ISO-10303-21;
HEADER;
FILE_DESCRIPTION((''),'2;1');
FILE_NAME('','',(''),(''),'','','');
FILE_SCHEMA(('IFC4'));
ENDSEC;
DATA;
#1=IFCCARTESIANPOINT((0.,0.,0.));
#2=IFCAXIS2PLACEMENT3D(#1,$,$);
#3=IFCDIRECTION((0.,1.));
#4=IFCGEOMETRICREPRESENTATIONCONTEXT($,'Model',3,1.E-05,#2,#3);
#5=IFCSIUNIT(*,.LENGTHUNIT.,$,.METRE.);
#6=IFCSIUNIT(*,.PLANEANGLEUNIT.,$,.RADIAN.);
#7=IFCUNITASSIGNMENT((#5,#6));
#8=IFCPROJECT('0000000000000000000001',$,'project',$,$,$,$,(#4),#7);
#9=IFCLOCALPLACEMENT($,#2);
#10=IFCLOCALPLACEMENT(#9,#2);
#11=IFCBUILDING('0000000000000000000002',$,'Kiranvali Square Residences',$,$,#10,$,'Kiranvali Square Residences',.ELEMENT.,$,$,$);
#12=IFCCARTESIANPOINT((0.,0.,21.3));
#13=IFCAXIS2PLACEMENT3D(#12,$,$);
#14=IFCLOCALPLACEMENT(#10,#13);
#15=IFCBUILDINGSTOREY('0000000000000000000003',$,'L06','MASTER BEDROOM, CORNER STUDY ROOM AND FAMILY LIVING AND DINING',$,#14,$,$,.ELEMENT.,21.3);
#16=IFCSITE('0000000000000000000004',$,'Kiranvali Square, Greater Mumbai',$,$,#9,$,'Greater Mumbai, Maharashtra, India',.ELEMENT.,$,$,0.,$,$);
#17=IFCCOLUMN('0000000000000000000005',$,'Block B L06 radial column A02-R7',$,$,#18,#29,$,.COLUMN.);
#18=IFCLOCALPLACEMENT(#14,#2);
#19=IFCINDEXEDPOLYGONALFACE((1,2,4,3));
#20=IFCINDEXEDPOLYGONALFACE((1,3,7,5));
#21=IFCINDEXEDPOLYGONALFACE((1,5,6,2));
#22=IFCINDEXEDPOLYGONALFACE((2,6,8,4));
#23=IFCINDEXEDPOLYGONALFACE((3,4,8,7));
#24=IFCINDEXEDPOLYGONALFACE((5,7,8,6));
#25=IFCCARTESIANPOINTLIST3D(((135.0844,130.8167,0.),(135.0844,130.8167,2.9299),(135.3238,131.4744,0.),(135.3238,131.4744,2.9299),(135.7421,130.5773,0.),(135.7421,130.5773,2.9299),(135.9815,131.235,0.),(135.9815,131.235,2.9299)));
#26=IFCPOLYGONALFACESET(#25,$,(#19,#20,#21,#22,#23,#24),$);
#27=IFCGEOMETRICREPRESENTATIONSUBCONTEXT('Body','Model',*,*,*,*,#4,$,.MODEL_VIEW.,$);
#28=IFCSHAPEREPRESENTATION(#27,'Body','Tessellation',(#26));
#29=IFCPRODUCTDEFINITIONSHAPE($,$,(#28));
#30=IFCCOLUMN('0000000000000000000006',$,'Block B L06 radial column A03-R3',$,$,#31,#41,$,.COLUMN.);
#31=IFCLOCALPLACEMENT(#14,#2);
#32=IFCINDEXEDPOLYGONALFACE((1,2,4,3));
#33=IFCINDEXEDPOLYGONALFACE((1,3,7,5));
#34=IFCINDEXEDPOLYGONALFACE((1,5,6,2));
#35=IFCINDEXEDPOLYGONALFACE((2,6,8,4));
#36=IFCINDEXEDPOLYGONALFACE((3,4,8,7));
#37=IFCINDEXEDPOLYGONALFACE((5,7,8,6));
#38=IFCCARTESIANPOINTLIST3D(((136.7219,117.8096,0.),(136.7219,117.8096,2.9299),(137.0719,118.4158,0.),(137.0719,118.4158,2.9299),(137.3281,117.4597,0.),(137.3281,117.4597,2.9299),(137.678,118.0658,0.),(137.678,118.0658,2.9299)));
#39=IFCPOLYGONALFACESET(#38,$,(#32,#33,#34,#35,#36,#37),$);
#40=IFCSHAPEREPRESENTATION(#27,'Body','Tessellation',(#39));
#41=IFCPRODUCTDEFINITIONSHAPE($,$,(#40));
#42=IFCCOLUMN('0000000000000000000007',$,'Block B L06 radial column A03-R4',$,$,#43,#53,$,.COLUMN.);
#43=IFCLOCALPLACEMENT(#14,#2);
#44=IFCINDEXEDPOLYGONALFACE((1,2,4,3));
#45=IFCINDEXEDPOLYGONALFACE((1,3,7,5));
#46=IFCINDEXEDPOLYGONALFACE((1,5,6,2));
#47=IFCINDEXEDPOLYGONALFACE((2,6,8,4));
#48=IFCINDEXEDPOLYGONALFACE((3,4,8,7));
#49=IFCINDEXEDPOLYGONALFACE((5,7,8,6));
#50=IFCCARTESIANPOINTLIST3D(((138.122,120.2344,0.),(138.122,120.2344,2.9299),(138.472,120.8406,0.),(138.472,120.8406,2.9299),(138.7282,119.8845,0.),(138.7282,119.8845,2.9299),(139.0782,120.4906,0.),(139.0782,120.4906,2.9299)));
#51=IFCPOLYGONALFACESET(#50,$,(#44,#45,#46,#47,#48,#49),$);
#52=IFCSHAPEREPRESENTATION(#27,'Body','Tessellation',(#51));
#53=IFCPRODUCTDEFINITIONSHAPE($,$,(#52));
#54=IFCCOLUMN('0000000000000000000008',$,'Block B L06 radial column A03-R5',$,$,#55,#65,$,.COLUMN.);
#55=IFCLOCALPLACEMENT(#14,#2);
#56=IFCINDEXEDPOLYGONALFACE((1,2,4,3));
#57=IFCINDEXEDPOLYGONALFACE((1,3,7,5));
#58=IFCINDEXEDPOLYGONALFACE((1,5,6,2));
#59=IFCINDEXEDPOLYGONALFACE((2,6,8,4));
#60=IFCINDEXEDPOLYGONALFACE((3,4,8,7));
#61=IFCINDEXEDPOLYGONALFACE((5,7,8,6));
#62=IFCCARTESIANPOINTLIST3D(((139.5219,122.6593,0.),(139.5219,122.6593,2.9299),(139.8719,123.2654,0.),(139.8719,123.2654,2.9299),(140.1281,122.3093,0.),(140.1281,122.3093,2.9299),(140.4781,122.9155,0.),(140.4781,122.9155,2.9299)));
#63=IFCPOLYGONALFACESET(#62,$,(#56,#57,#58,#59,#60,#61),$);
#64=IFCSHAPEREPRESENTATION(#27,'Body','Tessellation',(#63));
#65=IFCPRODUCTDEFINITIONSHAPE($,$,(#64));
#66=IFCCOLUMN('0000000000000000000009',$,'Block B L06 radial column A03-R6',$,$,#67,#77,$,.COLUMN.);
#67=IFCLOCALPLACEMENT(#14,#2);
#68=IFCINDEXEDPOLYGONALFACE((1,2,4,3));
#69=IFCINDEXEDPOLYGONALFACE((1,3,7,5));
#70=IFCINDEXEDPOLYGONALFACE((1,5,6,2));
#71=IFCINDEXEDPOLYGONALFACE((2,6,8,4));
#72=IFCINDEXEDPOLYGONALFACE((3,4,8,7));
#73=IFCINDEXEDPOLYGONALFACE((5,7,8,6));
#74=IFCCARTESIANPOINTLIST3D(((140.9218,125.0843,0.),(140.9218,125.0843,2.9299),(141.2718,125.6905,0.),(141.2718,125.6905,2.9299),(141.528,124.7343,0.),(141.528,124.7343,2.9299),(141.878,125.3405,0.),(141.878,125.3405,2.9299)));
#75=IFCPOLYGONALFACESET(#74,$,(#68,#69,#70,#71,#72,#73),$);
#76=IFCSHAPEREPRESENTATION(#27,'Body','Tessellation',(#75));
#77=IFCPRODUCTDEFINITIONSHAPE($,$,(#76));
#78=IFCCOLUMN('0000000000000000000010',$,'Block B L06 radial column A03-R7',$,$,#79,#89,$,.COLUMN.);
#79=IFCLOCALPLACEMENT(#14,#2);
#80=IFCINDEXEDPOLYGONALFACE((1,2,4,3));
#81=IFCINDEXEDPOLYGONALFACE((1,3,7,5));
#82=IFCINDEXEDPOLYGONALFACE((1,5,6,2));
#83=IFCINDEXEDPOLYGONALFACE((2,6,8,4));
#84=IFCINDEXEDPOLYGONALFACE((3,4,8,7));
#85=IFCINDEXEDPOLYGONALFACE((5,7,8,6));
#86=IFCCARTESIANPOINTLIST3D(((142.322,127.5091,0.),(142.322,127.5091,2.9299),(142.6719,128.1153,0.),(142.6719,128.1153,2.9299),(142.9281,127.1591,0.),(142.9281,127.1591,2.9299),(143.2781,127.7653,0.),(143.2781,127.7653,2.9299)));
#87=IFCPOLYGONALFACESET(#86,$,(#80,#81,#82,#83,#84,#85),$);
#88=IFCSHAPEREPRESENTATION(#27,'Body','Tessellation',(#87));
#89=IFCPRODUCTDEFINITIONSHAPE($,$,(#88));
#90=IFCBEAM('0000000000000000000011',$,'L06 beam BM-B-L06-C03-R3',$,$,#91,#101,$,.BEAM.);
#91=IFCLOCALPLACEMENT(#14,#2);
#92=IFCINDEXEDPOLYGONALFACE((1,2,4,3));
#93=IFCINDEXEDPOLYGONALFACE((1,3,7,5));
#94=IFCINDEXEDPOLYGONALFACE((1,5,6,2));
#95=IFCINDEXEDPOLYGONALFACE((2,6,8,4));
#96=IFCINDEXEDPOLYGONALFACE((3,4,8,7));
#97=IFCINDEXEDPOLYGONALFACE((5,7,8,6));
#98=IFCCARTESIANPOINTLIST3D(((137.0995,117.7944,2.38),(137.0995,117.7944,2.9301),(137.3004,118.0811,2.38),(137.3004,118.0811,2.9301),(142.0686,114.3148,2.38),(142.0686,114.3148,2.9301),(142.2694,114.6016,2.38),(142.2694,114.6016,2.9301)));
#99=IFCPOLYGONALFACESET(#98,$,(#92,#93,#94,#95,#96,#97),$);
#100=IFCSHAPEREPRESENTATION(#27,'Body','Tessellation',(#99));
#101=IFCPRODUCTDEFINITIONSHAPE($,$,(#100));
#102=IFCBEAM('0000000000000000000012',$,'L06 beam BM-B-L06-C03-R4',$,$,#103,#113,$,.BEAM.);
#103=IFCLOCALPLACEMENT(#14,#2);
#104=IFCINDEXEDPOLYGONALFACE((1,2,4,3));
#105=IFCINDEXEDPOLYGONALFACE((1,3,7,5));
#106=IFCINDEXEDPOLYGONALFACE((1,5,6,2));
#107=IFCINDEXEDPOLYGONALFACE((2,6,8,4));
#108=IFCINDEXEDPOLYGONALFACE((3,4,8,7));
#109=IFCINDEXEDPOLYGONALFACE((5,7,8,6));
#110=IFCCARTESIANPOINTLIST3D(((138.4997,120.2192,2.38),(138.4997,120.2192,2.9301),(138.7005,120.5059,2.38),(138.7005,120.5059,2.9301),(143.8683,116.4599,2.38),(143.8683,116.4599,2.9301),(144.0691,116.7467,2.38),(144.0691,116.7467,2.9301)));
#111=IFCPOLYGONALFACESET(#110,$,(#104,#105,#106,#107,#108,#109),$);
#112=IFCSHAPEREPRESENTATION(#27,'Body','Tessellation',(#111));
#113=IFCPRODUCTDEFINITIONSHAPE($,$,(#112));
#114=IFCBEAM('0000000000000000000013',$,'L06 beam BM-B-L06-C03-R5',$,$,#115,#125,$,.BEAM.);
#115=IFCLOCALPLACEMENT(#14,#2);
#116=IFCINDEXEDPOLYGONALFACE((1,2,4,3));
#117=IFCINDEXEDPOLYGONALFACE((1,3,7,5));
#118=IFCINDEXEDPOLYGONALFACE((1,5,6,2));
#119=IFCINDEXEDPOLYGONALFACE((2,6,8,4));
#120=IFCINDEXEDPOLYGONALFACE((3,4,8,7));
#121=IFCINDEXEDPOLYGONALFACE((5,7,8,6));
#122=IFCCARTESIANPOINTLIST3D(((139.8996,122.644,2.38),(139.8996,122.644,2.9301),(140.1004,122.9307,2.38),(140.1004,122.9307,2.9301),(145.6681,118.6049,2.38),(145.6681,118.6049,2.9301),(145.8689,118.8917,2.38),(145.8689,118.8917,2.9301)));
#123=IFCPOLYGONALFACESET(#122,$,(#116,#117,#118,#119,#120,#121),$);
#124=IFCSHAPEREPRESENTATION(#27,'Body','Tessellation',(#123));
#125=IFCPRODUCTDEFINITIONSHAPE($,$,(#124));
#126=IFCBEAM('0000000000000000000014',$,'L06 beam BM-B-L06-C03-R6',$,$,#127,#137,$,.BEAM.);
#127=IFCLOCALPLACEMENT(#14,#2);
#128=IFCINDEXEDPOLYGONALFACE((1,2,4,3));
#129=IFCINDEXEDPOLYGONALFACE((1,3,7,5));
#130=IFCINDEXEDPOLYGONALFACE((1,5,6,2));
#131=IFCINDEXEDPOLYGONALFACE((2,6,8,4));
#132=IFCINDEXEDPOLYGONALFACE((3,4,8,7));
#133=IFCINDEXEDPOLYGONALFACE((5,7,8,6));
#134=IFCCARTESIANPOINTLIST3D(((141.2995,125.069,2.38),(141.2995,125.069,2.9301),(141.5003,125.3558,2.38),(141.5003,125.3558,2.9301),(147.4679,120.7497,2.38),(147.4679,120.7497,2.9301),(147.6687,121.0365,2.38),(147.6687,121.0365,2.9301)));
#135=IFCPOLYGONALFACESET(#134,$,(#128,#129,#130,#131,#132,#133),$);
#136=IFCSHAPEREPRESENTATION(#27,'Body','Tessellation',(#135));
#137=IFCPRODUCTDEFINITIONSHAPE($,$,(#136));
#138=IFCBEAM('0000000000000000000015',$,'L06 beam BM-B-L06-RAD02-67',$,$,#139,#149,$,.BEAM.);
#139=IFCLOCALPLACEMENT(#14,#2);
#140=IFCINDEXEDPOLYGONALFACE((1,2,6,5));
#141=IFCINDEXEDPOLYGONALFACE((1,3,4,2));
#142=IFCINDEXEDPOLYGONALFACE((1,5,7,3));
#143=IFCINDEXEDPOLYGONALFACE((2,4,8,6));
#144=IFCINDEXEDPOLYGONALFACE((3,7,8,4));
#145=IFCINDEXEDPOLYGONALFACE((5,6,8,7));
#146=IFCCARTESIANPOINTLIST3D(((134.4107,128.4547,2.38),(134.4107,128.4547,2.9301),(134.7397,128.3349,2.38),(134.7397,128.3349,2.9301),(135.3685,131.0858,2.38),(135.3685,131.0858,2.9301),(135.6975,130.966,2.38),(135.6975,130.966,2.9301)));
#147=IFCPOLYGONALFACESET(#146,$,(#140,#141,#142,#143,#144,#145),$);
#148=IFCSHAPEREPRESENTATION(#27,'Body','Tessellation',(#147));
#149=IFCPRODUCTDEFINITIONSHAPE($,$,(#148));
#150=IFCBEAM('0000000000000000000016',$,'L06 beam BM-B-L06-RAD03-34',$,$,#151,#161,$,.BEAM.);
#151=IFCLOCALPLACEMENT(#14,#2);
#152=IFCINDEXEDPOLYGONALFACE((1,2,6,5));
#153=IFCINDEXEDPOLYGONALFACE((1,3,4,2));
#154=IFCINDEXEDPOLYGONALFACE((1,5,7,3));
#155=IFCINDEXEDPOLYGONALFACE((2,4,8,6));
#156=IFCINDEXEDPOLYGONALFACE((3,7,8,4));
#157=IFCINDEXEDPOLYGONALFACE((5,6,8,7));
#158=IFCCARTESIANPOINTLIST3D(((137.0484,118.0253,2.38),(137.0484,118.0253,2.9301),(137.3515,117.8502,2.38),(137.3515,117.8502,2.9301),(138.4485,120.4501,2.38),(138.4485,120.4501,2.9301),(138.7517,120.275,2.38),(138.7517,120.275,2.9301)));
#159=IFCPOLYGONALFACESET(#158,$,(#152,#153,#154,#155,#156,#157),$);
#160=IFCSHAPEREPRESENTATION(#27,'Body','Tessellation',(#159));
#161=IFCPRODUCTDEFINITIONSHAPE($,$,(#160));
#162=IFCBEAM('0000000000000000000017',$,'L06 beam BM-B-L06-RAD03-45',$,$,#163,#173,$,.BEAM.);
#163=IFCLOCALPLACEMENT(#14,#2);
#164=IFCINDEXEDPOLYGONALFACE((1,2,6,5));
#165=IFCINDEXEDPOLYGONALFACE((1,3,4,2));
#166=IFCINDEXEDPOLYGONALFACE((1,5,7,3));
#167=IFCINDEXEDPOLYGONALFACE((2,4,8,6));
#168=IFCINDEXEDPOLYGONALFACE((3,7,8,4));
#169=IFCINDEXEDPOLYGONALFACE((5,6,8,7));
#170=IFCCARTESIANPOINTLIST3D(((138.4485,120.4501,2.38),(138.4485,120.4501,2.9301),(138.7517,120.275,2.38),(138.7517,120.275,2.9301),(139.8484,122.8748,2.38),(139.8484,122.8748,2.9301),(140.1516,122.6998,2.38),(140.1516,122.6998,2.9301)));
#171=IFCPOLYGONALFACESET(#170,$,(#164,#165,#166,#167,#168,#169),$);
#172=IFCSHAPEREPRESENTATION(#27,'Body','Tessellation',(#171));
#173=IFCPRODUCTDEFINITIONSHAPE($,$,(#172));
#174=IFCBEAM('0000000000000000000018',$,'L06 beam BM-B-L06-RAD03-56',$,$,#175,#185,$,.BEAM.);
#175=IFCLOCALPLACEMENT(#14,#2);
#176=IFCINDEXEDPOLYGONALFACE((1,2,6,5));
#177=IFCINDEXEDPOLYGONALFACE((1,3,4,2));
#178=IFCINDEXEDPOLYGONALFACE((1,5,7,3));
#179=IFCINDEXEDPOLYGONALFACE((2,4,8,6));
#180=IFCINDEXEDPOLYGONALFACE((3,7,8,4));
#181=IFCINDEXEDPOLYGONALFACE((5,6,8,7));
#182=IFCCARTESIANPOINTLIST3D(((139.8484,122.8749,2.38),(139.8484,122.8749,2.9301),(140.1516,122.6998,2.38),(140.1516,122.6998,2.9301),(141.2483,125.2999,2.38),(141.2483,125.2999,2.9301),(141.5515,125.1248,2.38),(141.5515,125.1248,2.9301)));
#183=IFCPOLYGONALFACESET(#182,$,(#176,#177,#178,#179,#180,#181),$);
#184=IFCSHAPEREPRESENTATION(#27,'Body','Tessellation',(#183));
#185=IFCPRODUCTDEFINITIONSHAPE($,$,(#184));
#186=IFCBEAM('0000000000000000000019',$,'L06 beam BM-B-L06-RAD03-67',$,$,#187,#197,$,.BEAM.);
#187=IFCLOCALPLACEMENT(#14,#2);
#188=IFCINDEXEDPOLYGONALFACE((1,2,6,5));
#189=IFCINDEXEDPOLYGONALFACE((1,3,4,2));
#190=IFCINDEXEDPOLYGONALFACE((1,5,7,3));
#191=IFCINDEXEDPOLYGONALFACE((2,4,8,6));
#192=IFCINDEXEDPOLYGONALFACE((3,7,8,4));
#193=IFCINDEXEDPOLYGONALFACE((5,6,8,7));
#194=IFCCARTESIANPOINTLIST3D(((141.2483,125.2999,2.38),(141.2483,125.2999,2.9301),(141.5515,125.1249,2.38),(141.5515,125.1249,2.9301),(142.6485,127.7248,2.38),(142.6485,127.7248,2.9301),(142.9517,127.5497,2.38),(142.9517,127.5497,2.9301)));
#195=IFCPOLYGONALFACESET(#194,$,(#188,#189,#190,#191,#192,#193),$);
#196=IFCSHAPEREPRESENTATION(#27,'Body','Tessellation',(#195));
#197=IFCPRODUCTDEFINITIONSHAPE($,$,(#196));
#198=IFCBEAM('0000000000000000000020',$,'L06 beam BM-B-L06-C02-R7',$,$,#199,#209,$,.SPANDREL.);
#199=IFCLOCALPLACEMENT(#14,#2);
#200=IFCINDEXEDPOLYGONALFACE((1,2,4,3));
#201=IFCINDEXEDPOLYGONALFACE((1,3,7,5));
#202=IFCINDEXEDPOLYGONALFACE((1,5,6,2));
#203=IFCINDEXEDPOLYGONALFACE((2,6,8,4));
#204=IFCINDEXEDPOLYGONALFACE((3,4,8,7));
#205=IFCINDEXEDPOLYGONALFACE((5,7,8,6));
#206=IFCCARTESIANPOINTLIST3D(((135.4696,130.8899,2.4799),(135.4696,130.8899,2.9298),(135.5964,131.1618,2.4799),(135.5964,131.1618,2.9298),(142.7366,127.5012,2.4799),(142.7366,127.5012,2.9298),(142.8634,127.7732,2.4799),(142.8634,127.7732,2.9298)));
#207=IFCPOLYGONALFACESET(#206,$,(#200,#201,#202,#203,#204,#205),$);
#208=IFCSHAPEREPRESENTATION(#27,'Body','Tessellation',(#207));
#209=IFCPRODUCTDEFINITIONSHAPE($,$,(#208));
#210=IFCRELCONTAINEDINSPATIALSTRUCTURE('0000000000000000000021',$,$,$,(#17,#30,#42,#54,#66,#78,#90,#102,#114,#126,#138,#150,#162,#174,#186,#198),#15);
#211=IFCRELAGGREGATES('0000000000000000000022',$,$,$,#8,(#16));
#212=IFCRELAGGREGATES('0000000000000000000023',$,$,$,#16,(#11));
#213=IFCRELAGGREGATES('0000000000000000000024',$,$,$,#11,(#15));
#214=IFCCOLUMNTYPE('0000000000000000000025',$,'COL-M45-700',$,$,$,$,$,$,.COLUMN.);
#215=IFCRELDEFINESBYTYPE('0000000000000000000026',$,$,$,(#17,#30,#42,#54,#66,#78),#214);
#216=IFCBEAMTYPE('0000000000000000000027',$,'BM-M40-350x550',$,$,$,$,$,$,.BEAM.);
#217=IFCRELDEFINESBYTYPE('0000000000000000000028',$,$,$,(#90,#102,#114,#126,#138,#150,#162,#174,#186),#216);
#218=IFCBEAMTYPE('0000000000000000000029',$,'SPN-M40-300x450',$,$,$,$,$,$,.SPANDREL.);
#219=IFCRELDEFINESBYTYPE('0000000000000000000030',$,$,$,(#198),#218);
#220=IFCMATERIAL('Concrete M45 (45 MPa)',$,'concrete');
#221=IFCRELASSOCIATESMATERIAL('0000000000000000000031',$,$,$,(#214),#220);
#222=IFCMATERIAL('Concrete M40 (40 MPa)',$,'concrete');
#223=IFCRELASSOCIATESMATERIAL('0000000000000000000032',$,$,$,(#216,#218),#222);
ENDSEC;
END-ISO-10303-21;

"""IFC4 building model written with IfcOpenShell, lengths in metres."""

from ifc_helpers import new_model, si_unit, direction, frame, origin, origin_2d, place, context, subcontext, project, spatial, rectangle, extrude, material, material_profile, profile_set, type_object, element, save


model = new_model("IFC4")

# Units and contexts
model_context = context("Model", 3, precision=1e-05, world=origin(), true_north=direction((0.0, 1.0)))
body_context = subcontext(model_context, "Body", "Model", "MODEL_VIEW")
ifc_project = project(units=[si_unit("LENGTHUNIT", "METRE"), si_unit("PLANEANGLEUNIT", "RADIAN")], contexts=[model_context])

# Site, building, storey
site_placement = place(None, origin())
site = spatial("IfcSite", under=ifc_project, at=site_placement, Name="Kiranvali Square, Greater Mumbai", LongName="Greater Mumbai, Maharashtra, India", CompositionType="ELEMENT", RefElevation=0.0)
building_placement = place(site_placement, origin())
building = spatial("IfcBuilding", under=site, at=building_placement, Name="Kiranvali Square Residences", LongName="Kiranvali Square Residences", CompositionType="ELEMENT")
storey_placement = place(building_placement, frame((0.0, 0.0, 21.3)))
storey = spatial("IfcBuildingStorey", under=building, at=storey_placement, Name="L06", Description="MASTER BEDROOM, CORNER STUDY ROOM AND FAMILY LIVING AND DINING", CompositionType="ELEMENT", Elevation=21.3)

# Columns
ifc_material_1 = material(Name="Concrete M45 (45 MPa)", Category="concrete")
ifc_material_profile_1 = material_profile(ifc_material_1, rectangle(XDim=0.7, YDim=0.7, at=origin_2d()), Name="RC 700x700")
ifc_profile_set_1 = profile_set([ifc_material_profile_1], Name="Concrete M45 (45 MPa)")
column_type = type_object("IfcColumnType", Name="COL-M45-700", PredefinedType="COLUMN", material=ifc_profile_set_1)
for number, where, z_axis, x_axis, name in (
    (1, (135.533, 131.0259, 0.0), (0.0, 0.0, 1.0), (-0.939693, 0.34202, 0.0), "Block B L06 radial column A02-R7"),
    (2, (137.2, 117.9377, 0.0), (0.0, 0.0, 1.0), (-0.866025, 0.5, 0.0), "Block B L06 radial column A03-R3"),
    (3, (138.6001, 120.3625, 0.0), (0.0, 0.0, 1.0), (-0.866025, 0.5, 0.0), "Block B L06 radial column A03-R4"),
    (4, (140.0, 122.7874, 0.0), (0.0, 0.0, 1.0), (-0.866025, 0.5, 0.0), "Block B L06 radial column A03-R5"),
    (5, (141.3999, 125.2124, 0.0), (0.0, 0.0, 1.0), (-0.866025, 0.5, 0.0), "Block B L06 radial column A03-R6"),
    (6, (142.8, 127.6372, 0.0), (0.0, 0.0, 1.0), (-0.866025, 0.5, 0.0), "Block B L06 radial column A03-R7"),
):
    element("IfcColumn", number, at=place(storey_placement, frame(where, z_axis=z_axis, x_axis=x_axis)), inside=storey, type_object=column_type, Name=name, PredefinedType="COLUMN", context=body_context, shape_type="SweptSolid", body=[
        extrude(rectangle(XDim=0.7, YDim=0.7, at=origin_2d()), origin(), (0.0, 0.0, 1.0), 2.9299),
    ])

# Beams
ifc_material_2 = material(Name="Concrete M40 (40 MPa)", Category="concrete")
ifc_material_profile_2 = material_profile(ifc_material_2, rectangle(XDim=0.3501, YDim=0.55, at=origin_2d()), Name="RC 350x550")
ifc_profile_set_2 = profile_set([ifc_material_profile_2], Name="Concrete M40 (40 MPa)")
beam_type_1 = type_object("IfcBeamType", Name="BM-M40-350x550", PredefinedType="BEAM", material=ifc_profile_set_2)
beam_1_placement = place(storey_placement, frame((137.2, 117.9377, 2.655), z_axis=(0.819139, -0.573595, 0.0), x_axis=(0.573595, 0.819139, 0.0)))
element("IfcBeam", 7, at=beam_1_placement, inside=storey, type_object=beam_type_1, Name="L06 beam BM-B-L06-C03-R3", PredefinedType="BEAM", context=body_context, shape_type="SweptSolid", body=[
    extrude(rectangle(XDim=0.3501, YDim=0.55, at=origin_2d()), origin(), (0.0, 0.0, 1.0), 6.0662),
])
beam_2_placement = place(storey_placement, frame((138.6001, 120.3625, 2.655), z_axis=(0.819144, -0.573587, 0.0), x_axis=(0.573587, 0.819144, 0.0)))
element("IfcBeam", 8, at=beam_2_placement, inside=storey, type_object=beam_type_1, Name="L06 beam BM-B-L06-C03-R4", PredefinedType="BEAM", context=body_context, shape_type="SweptSolid", body=[
    extrude(rectangle(XDim=0.3501, YDim=0.55, at=origin_2d()), origin(), (0.0, 0.0, 1.0), 6.554),
])
beam_3_placement = place(storey_placement, frame((140.0, 122.7874, 2.655), z_axis=(0.81916, -0.573565, 0.0), x_axis=(0.573565, 0.81916, 0.0)))
element("IfcBeam", 9, at=beam_3_placement, inside=storey, type_object=beam_type_1, Name="L06 beam BM-B-L06-C03-R5", PredefinedType="BEAM", context=body_context, shape_type="SweptSolid", body=[
    extrude(rectangle(XDim=0.3501, YDim=0.55, at=origin_2d()), origin(), (0.0, 0.0, 1.0), 7.042),
])
beam_4_placement = place(storey_placement, frame((141.3999, 125.2124, 2.655), z_axis=(0.819144, -0.573589, 0.0), x_axis=(0.573589, 0.819144, 0.0)))
element("IfcBeam", 10, at=beam_4_placement, inside=storey, type_object=beam_type_1, Name="L06 beam BM-B-L06-C03-R6", PredefinedType="BEAM", context=body_context, shape_type="SweptSolid", body=[
    extrude(rectangle(XDim=0.3501, YDim=0.55, at=origin_2d()), origin(), (0.0, 0.0, 1.0), 7.5303),
])
for number, where, z_axis, x_axis, name in (
    (11, (134.5752, 128.3948, 2.655), (0.342058, 0.939679, 0.0), (-0.939679, 0.342058, 0.0), "L06 beam BM-B-L06-RAD02-67"),
    (12, (137.2, 117.9377, 2.655), (0.50005, 0.865997, 0.0), (-0.865997, 0.50005, 0.0), "L06 beam BM-B-L06-RAD03-34"),
):
    element("IfcBeam", number, at=place(storey_placement, frame(where, z_axis=z_axis, x_axis=x_axis)), inside=storey, type_object=beam_type_1, Name=name, PredefinedType="BEAM", context=body_context, shape_type="SweptSolid", body=[
        extrude(rectangle(XDim=0.3501, YDim=0.55, at=origin_2d()), origin(), (0.0, 0.0, 1.0), 2.8),
    ])
beam_5_placement = place(storey_placement, frame((138.6001, 120.3625, 2.655), z_axis=(0.499984, 0.866035, 0.0), x_axis=(-0.866035, 0.499984, 0.0)))
element("IfcBeam", 13, at=beam_5_placement, inside=storey, type_object=beam_type_1, Name="L06 beam BM-B-L06-RAD03-45", PredefinedType="BEAM", context=body_context, shape_type="SweptSolid", body=[
    extrude(rectangle(XDim=0.3501, YDim=0.55, at=origin_2d()), origin(), (0.0, 0.0, 1.0), 2.7998),
])
for number, where, z_axis, x_axis, name in (
    (14, (140.0, 122.7874, 2.655), (0.499946, 0.866056, 0.0), (-0.866056, 0.499946, 0.0), "L06 beam BM-B-L06-RAD03-56"),
    (15, (141.3999, 125.2124, 2.655), (0.50005, 0.865997, 0.0), (-0.865997, 0.50005, 0.0), "L06 beam BM-B-L06-RAD03-67"),
):
    element("IfcBeam", number, at=place(storey_placement, frame(where, z_axis=z_axis, x_axis=x_axis)), inside=storey, type_object=beam_type_1, Name=name, PredefinedType="BEAM", context=body_context, shape_type="SweptSolid", body=[
        extrude(rectangle(XDim=0.3501, YDim=0.55, at=origin_2d()), origin(), (0.0, 0.0, 1.0), 2.8),
    ])
ifc_material_profile_3 = material_profile(ifc_material_2, rectangle(XDim=0.3, YDim=0.45, at=origin_2d()), Name="RC 300x450")
ifc_profile_set_3 = profile_set([ifc_material_profile_3], Name="Concrete M40 (40 MPa)")
beam_type_2 = type_object("IfcBeamType", Name="SPN-M40-300x450", PredefinedType="SPANDREL", material=ifc_profile_set_3)
for number, where, z_axis, x_axis, name in (
    (16, (135.533, 131.0259, 2.7048), (0.906309, -0.422615, 0.0), (0.422615, 0.906309, 0.0), "L06 beam BM-B-L06-C02-R7"),
):
    element("IfcBeam", number, at=place(storey_placement, frame(where, z_axis=z_axis, x_axis=x_axis)), inside=storey, type_object=beam_type_2, Name=name, PredefinedType="SPANDREL", context=body_context, shape_type="SweptSolid", body=[
        extrude(rectangle(XDim=0.3, YDim=0.45, at=origin_2d()), origin(), (0.0, 0.0, 1.0), 8.0183),
    ])

save(model, "model.ifc")
